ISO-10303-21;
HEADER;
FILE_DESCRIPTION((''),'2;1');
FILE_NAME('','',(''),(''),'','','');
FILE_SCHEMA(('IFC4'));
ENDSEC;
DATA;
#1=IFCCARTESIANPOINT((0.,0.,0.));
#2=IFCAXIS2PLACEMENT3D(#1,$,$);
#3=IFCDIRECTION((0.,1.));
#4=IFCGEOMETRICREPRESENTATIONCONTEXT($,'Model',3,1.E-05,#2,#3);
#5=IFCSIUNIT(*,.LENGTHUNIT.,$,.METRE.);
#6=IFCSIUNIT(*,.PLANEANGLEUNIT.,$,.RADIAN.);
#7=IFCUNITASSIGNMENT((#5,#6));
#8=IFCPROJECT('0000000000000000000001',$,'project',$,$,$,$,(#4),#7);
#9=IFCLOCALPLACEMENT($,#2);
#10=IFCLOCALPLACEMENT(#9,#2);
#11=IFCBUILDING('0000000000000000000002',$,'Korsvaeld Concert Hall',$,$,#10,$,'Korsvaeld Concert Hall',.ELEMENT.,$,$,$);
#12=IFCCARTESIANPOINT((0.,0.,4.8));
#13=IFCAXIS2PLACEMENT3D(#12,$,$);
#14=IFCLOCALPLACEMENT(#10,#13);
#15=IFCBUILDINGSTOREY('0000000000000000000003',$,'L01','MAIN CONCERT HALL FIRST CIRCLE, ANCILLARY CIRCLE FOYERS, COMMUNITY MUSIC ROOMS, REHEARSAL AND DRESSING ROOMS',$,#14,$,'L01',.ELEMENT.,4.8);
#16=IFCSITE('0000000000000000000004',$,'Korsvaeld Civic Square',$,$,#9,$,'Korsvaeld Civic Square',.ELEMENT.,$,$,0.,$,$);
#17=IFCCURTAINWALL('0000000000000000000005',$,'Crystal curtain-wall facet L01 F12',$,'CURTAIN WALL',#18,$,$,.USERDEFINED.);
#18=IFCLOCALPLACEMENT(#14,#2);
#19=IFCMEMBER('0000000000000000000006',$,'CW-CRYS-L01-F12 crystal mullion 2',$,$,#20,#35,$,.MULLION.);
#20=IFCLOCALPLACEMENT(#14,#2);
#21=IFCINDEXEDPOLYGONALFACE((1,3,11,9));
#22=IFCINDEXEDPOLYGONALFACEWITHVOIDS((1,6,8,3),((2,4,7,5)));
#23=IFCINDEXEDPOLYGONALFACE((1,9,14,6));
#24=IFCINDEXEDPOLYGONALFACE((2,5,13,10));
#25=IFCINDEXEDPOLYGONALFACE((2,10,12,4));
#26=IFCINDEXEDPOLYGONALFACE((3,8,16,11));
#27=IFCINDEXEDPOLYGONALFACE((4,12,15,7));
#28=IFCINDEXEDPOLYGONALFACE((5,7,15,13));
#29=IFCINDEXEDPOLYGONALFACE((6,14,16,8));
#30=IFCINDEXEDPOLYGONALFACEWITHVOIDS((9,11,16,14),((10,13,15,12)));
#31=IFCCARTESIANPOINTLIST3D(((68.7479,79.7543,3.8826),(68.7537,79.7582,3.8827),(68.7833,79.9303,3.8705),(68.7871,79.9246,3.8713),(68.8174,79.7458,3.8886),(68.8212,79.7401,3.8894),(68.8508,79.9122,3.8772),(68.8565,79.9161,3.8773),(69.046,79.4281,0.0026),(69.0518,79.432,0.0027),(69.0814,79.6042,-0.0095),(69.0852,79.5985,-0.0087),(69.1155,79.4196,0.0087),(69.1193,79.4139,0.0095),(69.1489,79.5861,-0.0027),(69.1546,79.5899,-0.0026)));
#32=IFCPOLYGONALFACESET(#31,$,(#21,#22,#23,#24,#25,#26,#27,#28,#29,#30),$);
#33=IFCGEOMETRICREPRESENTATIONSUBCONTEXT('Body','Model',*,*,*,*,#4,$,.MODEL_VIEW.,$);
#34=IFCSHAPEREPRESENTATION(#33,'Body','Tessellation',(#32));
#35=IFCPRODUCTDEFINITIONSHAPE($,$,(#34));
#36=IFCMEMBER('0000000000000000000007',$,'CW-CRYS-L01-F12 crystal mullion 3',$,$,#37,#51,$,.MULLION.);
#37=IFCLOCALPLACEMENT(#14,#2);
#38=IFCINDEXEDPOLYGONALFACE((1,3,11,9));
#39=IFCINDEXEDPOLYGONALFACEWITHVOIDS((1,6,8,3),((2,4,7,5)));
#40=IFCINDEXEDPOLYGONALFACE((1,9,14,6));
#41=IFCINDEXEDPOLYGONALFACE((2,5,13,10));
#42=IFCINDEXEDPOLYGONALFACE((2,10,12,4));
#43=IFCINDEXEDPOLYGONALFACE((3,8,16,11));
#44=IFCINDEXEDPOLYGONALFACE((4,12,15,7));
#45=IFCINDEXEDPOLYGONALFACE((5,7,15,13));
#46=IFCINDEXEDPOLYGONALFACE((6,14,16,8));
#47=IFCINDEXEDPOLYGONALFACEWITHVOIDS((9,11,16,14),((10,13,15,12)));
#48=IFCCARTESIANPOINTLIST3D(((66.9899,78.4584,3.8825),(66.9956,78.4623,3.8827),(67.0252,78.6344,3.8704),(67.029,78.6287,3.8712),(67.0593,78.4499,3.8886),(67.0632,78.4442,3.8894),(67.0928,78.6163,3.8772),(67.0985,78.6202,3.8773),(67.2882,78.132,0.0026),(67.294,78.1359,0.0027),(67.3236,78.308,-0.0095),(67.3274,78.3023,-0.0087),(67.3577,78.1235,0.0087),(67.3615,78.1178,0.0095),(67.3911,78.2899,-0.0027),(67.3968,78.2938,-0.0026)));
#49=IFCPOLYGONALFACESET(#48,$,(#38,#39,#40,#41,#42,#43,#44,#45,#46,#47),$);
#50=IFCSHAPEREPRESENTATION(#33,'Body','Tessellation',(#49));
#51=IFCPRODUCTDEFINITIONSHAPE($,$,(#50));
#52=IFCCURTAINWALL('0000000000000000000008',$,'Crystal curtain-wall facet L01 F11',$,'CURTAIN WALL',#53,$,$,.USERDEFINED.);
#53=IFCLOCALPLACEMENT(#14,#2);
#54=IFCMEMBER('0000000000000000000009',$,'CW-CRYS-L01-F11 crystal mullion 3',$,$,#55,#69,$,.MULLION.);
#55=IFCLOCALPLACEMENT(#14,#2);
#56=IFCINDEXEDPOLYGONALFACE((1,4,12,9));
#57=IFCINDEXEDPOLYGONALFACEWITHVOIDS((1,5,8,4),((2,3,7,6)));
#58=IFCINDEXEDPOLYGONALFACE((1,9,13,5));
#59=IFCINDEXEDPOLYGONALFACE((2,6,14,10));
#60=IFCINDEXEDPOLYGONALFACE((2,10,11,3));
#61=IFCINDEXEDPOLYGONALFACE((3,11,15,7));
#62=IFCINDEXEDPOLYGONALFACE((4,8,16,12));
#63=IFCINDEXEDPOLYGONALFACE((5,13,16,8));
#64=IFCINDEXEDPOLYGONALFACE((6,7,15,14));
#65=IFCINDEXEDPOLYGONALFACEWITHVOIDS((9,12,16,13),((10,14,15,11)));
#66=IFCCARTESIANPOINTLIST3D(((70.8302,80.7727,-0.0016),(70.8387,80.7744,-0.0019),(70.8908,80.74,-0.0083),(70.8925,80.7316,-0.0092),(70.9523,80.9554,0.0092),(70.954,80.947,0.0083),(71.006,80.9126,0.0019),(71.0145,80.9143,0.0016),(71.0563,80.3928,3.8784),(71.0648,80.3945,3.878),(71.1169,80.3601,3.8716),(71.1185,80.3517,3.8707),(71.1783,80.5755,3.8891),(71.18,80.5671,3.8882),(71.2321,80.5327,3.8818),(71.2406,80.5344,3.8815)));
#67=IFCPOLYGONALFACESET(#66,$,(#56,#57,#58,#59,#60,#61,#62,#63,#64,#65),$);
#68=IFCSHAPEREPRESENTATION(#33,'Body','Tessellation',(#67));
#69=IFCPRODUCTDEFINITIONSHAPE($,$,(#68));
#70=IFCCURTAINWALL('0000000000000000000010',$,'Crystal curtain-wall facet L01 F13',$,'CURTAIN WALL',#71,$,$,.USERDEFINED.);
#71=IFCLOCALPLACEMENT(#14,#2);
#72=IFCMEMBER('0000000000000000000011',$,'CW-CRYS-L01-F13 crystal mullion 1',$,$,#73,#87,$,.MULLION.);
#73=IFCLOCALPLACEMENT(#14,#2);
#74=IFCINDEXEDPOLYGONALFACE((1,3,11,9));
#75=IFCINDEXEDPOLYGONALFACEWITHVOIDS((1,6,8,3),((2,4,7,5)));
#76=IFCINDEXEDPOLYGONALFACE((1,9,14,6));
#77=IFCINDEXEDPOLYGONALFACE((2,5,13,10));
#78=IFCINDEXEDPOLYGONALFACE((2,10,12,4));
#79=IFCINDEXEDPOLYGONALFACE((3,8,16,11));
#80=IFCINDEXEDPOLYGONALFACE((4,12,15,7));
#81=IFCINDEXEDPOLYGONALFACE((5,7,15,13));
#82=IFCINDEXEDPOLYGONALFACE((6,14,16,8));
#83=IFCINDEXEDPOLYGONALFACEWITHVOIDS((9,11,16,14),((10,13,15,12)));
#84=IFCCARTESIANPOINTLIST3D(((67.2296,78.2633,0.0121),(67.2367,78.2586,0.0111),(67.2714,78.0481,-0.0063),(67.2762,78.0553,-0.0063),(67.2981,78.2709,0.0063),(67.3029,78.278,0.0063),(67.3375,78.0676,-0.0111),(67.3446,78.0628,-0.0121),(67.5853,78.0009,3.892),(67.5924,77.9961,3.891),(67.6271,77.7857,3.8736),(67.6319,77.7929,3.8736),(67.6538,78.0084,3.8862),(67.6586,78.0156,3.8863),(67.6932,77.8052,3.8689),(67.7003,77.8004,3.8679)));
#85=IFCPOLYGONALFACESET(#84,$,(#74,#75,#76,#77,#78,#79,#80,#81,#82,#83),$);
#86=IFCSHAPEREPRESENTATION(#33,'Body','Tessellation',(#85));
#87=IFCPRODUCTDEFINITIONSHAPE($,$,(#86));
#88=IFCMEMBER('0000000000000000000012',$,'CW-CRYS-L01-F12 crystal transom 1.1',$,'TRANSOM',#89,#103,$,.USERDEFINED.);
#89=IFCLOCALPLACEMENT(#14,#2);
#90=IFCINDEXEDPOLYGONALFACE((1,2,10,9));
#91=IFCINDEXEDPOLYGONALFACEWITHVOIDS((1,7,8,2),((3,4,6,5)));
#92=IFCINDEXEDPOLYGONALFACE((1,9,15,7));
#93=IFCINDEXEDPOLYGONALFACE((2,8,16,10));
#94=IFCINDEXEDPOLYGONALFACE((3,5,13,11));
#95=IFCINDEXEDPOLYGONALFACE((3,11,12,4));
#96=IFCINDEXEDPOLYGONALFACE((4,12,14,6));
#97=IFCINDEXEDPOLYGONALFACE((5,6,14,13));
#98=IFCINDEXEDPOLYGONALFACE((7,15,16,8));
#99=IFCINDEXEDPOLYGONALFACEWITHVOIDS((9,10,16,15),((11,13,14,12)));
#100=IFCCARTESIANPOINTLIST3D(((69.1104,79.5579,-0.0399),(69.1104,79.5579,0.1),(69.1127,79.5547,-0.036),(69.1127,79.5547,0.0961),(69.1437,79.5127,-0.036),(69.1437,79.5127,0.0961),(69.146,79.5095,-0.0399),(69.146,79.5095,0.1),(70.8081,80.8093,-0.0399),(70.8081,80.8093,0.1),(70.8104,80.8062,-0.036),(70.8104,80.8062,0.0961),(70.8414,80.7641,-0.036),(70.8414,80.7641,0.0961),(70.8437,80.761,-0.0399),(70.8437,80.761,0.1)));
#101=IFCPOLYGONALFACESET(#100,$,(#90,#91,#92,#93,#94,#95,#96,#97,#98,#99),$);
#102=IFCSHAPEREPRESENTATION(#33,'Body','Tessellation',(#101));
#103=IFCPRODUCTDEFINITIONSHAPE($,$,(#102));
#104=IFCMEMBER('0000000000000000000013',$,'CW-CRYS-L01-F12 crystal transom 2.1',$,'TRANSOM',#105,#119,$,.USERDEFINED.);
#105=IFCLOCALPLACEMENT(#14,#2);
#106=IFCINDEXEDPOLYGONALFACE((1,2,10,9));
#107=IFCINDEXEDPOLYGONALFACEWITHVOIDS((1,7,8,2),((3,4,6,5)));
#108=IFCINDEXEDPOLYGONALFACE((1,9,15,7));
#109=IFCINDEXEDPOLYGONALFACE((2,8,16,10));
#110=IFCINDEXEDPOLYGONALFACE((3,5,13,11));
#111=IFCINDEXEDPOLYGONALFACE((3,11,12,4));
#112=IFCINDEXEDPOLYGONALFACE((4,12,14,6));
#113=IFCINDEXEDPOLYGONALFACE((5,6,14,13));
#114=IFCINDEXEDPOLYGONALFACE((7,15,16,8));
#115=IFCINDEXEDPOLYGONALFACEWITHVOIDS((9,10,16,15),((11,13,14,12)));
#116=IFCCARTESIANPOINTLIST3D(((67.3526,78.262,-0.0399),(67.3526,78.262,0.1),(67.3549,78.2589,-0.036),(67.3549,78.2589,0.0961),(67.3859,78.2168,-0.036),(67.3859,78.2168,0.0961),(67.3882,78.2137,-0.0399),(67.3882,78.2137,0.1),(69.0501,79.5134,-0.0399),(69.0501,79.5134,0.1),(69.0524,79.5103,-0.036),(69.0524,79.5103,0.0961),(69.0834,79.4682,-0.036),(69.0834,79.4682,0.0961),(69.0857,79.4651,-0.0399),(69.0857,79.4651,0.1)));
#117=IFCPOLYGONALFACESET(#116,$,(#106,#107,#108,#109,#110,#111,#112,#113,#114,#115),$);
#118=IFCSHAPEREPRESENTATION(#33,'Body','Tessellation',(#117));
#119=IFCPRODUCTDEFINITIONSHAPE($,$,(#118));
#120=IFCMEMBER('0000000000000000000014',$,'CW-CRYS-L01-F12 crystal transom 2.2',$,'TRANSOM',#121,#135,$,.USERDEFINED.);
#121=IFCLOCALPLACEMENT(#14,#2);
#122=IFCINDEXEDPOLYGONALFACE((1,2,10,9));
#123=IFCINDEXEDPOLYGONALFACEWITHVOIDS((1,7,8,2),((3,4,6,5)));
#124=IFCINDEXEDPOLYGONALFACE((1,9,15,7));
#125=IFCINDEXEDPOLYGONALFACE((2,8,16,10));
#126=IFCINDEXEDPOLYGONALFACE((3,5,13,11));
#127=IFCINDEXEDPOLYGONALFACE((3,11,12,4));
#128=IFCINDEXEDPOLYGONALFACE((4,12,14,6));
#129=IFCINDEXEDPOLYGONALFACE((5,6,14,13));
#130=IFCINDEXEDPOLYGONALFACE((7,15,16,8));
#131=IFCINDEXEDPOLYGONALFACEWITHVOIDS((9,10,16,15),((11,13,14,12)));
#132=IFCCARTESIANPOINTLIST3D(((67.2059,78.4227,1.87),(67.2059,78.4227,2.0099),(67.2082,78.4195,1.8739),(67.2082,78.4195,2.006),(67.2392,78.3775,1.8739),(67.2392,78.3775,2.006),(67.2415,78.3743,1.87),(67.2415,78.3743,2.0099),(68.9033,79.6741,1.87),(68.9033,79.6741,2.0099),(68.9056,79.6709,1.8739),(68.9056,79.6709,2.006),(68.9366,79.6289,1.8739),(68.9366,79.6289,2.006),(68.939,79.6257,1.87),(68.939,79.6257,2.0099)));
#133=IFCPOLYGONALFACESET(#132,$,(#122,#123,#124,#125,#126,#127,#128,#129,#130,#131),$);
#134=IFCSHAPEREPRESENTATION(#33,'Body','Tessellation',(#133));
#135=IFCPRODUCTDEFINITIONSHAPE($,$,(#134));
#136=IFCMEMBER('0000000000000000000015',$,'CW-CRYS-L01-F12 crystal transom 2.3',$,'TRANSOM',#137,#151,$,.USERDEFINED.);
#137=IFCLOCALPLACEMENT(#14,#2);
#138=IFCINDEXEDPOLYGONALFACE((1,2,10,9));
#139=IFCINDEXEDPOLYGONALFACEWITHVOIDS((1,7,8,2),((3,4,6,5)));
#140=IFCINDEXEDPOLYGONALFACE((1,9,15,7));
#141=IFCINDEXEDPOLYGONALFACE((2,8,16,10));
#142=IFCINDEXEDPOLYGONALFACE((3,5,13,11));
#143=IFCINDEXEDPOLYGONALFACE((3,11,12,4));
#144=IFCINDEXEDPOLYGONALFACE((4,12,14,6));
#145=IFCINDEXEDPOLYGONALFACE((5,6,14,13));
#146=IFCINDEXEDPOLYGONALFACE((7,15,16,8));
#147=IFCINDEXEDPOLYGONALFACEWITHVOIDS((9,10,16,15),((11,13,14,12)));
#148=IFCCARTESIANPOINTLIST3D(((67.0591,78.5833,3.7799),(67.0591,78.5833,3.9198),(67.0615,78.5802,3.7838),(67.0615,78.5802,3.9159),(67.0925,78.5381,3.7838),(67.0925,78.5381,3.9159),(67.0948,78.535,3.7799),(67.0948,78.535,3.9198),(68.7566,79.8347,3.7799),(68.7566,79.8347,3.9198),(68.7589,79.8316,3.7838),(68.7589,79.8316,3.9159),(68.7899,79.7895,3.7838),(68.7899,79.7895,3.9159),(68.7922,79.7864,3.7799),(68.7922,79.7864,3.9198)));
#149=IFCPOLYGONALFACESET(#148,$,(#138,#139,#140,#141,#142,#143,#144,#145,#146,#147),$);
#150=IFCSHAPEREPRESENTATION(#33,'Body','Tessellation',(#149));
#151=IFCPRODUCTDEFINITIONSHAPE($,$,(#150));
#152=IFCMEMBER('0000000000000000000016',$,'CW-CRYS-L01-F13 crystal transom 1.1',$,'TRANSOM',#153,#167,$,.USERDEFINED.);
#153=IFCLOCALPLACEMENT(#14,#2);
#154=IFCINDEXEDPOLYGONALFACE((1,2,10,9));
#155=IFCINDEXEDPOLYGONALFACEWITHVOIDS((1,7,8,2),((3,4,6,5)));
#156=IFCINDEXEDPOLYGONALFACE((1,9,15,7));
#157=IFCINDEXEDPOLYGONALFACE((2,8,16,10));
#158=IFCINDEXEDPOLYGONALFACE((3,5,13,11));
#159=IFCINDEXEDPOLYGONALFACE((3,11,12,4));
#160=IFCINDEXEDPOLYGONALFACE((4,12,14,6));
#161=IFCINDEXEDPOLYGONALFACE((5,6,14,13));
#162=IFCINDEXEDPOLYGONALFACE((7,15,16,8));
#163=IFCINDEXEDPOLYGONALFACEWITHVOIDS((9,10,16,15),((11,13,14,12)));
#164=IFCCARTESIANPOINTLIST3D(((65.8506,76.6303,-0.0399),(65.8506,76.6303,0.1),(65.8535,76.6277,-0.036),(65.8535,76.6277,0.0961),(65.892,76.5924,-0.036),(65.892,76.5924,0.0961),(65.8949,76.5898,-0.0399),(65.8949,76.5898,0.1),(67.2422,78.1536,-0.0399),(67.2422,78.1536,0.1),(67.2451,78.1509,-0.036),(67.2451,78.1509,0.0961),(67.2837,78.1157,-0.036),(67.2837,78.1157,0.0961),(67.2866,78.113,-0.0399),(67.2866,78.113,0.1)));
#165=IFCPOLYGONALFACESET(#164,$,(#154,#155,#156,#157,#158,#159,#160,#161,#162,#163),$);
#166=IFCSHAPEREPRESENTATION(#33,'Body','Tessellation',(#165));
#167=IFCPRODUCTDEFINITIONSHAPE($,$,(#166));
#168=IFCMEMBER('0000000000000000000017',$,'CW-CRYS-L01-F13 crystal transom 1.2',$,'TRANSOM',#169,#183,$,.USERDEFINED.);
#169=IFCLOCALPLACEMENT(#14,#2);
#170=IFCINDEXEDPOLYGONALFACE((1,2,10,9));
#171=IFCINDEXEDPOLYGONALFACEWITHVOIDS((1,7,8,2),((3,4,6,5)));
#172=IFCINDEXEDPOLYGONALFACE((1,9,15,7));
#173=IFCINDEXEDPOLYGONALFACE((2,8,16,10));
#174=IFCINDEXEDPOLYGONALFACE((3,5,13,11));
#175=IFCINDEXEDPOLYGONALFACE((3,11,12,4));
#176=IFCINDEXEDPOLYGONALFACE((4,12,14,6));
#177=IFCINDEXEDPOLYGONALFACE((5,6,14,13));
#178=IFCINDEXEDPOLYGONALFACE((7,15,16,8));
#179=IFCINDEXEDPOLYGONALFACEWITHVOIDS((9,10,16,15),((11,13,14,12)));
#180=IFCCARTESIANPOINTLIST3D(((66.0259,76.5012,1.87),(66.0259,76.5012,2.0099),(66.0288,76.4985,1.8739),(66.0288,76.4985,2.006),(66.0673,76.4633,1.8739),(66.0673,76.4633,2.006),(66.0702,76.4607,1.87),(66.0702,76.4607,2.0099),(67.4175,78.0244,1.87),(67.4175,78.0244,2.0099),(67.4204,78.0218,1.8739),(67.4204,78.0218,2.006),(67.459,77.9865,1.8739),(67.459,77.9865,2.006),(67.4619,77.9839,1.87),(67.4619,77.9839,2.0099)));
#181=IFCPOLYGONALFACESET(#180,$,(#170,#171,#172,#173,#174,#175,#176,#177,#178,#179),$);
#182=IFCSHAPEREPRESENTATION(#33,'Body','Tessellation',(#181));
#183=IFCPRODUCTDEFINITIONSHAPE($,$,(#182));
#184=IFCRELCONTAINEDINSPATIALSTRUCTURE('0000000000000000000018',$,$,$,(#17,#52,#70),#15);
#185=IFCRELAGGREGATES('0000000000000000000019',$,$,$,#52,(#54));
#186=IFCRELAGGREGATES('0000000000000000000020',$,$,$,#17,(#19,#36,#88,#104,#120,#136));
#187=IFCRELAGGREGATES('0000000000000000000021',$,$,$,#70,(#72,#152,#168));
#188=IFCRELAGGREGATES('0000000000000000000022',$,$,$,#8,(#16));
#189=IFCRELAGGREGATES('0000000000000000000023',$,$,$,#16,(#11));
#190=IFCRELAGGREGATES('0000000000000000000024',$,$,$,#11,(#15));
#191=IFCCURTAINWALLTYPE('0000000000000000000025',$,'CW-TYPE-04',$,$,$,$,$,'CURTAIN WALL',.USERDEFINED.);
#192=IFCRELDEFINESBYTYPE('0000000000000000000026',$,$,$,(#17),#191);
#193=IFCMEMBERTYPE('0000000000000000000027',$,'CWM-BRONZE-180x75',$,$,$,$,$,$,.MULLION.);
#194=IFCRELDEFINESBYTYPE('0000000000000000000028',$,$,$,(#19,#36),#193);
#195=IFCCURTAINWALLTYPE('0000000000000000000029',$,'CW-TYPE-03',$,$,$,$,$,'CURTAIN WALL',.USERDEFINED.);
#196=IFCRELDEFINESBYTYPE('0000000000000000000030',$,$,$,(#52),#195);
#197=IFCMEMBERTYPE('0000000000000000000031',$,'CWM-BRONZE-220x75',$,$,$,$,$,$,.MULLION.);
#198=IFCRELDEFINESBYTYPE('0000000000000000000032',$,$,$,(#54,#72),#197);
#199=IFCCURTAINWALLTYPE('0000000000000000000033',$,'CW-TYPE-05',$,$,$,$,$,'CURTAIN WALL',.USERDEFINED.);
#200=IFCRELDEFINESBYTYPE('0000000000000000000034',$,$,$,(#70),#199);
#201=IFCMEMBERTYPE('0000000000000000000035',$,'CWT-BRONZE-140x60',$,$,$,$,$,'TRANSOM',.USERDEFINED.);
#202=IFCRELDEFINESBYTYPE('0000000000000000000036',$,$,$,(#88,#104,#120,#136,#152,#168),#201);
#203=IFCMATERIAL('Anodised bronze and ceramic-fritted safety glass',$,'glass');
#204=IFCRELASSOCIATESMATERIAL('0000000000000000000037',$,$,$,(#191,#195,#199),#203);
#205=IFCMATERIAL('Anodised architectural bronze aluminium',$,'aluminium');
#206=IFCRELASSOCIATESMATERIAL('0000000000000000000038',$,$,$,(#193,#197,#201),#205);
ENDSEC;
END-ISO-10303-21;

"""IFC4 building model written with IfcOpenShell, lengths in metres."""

from ifc_helpers import new_model, si_unit, direction, frame, origin, origin_2d, place, context, subcontext, project, spatial, hollow_rectangle, extrude, material, material_profile, profile_set, type_object, element, aggregate, save


model = new_model("IFC4")

# Units and contexts
model_context = context("Model", 3, precision=1e-05, world=origin(), true_north=direction((0.0, 1.0)))
body_context = subcontext(model_context, "Body", "Model", "MODEL_VIEW")
ifc_project = project(units=[si_unit("LENGTHUNIT", "METRE"), si_unit("PLANEANGLEUNIT", "RADIAN")], contexts=[model_context])

# Site, building, storey
site_placement = place(None, origin())
site = spatial("IfcSite", under=ifc_project, at=site_placement, Name="Korsvaeld Civic Square", LongName="Korsvaeld Civic Square", CompositionType="ELEMENT", RefElevation=0.0)
building_placement = place(site_placement, origin())
building = spatial("IfcBuilding", under=site, at=building_placement, Name="Korsvaeld Concert Hall", LongName="Korsvaeld Concert Hall", CompositionType="ELEMENT")
storey_placement = place(building_placement, frame((0.0, 0.0, 4.8)))
storey = spatial("IfcBuildingStorey", under=building, at=storey_placement, Name="L01", Description="MAIN CONCERT HALL FIRST CIRCLE, ANCILLARY CIRCLE FOYERS, COMMUNITY MUSIC ROOMS, REHEARSAL AND DRESSING ROOMS", LongName="L01", CompositionType="ELEMENT", Elevation=4.8)

# Curtain wall, members
ifc_material_1 = material(Name="Anodised bronze and ceramic-fritted safety glass", Category="glass")
curtain_wall_type_1 = type_object("IfcCurtainWallType", Name="CW-TYPE-04", ElementType="CURTAIN WALL", PredefinedType="USERDEFINED", material=ifc_material_1)
curtain_wall_1_placement = place(storey_placement, origin())
curtain_wall_1 = element("IfcCurtainWall", 1, at=curtain_wall_1_placement, inside=storey, type_object=curtain_wall_type_1, Name="Crystal curtain-wall facet L01 F12", ObjectType="CURTAIN WALL", PredefinedType="USERDEFINED")
ifc_material_2 = material(Name="Anodised architectural bronze aluminium", Category="aluminium")
ifc_material_profile_1 = material_profile(ifc_material_2, hollow_rectangle(XDim=0.075, YDim=0.1799, WallThickness=0.0049, at=origin_2d()), Name="CWM 180x75x5")
ifc_profile_set_1 = profile_set([ifc_material_profile_1], Name="Anodised architectural bronze aluminium")
member_type_1 = type_object("IfcMemberType", Name="CWM-BRONZE-180x75", PredefinedType="MULLION", material=ifc_profile_set_1)
member_1_placement = place(storey_placement, frame((69.1003, 79.509, 0.0), z_axis=(-0.076338, 0.083528, 0.993577), x_axis=(-0.977548, 0.19001, -0.09108)))
member_1 = element("IfcMember", 2, at=member_1_placement, type_object=member_type_1, Name="CW-CRYS-L01-F12 crystal mullion 2", PredefinedType="MULLION", context=body_context, shape_type="SweptSolid", body=[
    extrude(hollow_rectangle(XDim=0.075, YDim=0.1799, WallThickness=0.0049, at=origin_2d()), origin(), (0.0, 0.0, 1.0), 3.905),
])
member_2_placement = place(storey_placement, frame((67.3425, 78.2129, 0.0), z_axis=(-0.076399, 0.083589, 0.993567), x_axis=(-0.977549, 0.18997, -0.09115)))
member_2 = element("IfcMember", 3, at=member_2_placement, type_object=member_type_1, Name="CW-CRYS-L01-F12 crystal mullion 3", PredefinedType="MULLION", context=body_context, shape_type="SweptSolid", body=[
    extrude(hollow_rectangle(XDim=0.075, YDim=0.1799, WallThickness=0.0049, at=origin_2d()), origin(), (0.0, 0.0, 1.0), 3.905),
])

# Curtain walls, members
curtain_wall_type_2 = type_object("IfcCurtainWallType", Name="CW-TYPE-03", ElementType="CURTAIN WALL", PredefinedType="USERDEFINED", material=ifc_material_1)
curtain_wall_2_placement = place(storey_placement, origin())
curtain_wall_2 = element("IfcCurtainWall", 4, at=curtain_wall_2_placement, inside=storey, type_object=curtain_wall_type_2, Name="Crystal curtain-wall facet L01 F11", ObjectType="CURTAIN WALL", PredefinedType="USERDEFINED")
ifc_material_profile_2 = material_profile(ifc_material_2, hollow_rectangle(XDim=0.075, YDim=0.22, WallThickness=0.0061, at=origin_2d()), Name="CWM 220x75x6")
ifc_profile_set_2 = profile_set([ifc_material_profile_2], Name="Anodised architectural bronze aluminium")
member_type_2 = type_object("IfcMemberType", Name="CWM-BRONZE-220x75", PredefinedType="MULLION", material=ifc_profile_set_2)
member_3_placement = place(storey_placement, frame((70.9224, 80.8435, 0.0), z_axis=(0.057894, -0.097281, 0.993572), x_axis=(0.829999, -0.548349, -0.102052)))
member_3 = element("IfcMember", 5, at=member_3_placement, type_object=member_type_2, Name="CW-CRYS-L01-F11 crystal mullion 3", PredefinedType="MULLION", context=body_context, shape_type="SweptSolid", body=[
    extrude(hollow_rectangle(XDim=0.075, YDim=0.22, WallThickness=0.0061, at=origin_2d()), origin(), (0.0, 0.0, 1.0), 3.905),
])
aggregate(curtain_wall_2, [member_3])
curtain_wall_type_3 = type_object("IfcCurtainWallType", Name="CW-TYPE-05", ElementType="CURTAIN WALL", PredefinedType="USERDEFINED", material=ifc_material_1)
curtain_wall_3_placement = place(storey_placement, origin())
curtain_wall_3 = element("IfcCurtainWall", 6, at=curtain_wall_3_placement, inside=storey, type_object=curtain_wall_type_3, Name="Crystal curtain-wall facet L01 F13", ObjectType="CURTAIN WALL", PredefinedType="USERDEFINED")
member_4_placement = place(storey_placement, frame((67.2871, 78.1631, 0.0), z_axis=(0.091092, -0.067209, 0.993572), x_axis=(0.977585, 0.196208, -0.076354)))
member_4 = element("IfcMember", 7, at=member_4_placement, type_object=member_type_2, Name="CW-CRYS-L01-F13 crystal mullion 1", PredefinedType="MULLION", context=body_context, shape_type="SweptSolid", body=[
    extrude(hollow_rectangle(XDim=0.075, YDim=0.22, WallThickness=0.0061, at=origin_2d()), origin(), (0.0, 0.0, 1.0), 3.905),
])

# Members
ifc_material_profile_3 = material_profile(ifc_material_2, hollow_rectangle(XDim=0.0601, YDim=0.1399, WallThickness=0.0039, at=origin_2d()), Name="CWT 140x60x4")
ifc_profile_set_3 = profile_set([ifc_material_profile_3], Name="Anodised architectural bronze aluminium")
member_type_3 = type_object("IfcMemberType", Name="CWT-BRONZE-140x60", ElementType="TRANSOM", PredefinedType="USERDEFINED", material=ifc_profile_set_3)
member_5_placement = place(storey_placement, frame((70.8259, 80.7852, 0.03), z_axis=(-0.804945, -0.593349, 0.0), x_axis=(0.593349, -0.804945, 0.0)))
member_5 = element("IfcMember", 8, at=member_5_placement, type_object=member_type_3, Name="CW-CRYS-L01-F12 crystal transom 1.1", ObjectType="TRANSOM", PredefinedType="USERDEFINED", context=body_context, shape_type="SweptSolid", body=[
    extrude(hollow_rectangle(XDim=0.0601, YDim=0.1399, WallThickness=0.0039, at=origin_2d()), origin(), (0.0, 0.0, 1.0), 2.1091),
])
member_6_placement = place(storey_placement, frame((69.0679, 79.4893, 0.03), z_axis=(-0.804905, -0.593404, 0.0), x_axis=(0.593404, -0.804905, 0.0)))
member_6 = element("IfcMember", 9, at=member_6_placement, type_object=member_type_3, Name="CW-CRYS-L01-F12 crystal transom 2.1", ObjectType="TRANSOM", PredefinedType="USERDEFINED", context=body_context, shape_type="SweptSolid", body=[
    extrude(hollow_rectangle(XDim=0.0601, YDim=0.1399, WallThickness=0.0039, at=origin_2d()), origin(), (0.0, 0.0, 1.0), 2.1089),
])
member_7_placement = place(storey_placement, frame((68.9211, 79.6499, 1.9399), z_axis=(-0.804905, -0.593404, 0.0), x_axis=(0.593404, -0.804905, 0.0)))
member_7 = element("IfcMember", 10, at=member_7_placement, type_object=member_type_3, Name="CW-CRYS-L01-F12 crystal transom 2.2", ObjectType="TRANSOM", PredefinedType="USERDEFINED", context=body_context, shape_type="SweptSolid", body=[
    extrude(hollow_rectangle(XDim=0.0601, YDim=0.1399, WallThickness=0.0039, at=origin_2d()), origin(), (0.0, 0.0, 1.0), 2.1089),
])
member_8_placement = place(storey_placement, frame((68.7744, 79.8105, 3.8499), z_axis=(-0.804905, -0.593404, 0.0), x_axis=(0.593404, -0.804905, 0.0)))
member_8 = element("IfcMember", 11, at=member_8_placement, type_object=member_type_3, Name="CW-CRYS-L01-F12 crystal transom 2.3", ObjectType="TRANSOM", PredefinedType="USERDEFINED", context=body_context, shape_type="SweptSolid", body=[
    extrude(hollow_rectangle(XDim=0.0601, YDim=0.1399, WallThickness=0.0039, at=origin_2d()), origin(), (0.0, 0.0, 1.0), 2.1089),
])
member_9_placement = place(storey_placement, frame((67.2644, 78.1333, 0.03), z_axis=(-0.674497, -0.738278, 0.0), x_axis=(0.738278, -0.674497, 0.0)))
member_9 = element("IfcMember", 12, at=member_9_placement, type_object=member_type_3, Name="CW-CRYS-L01-F13 crystal transom 1.1", ObjectType="TRANSOM", PredefinedType="USERDEFINED", context=body_context, shape_type="SweptSolid", body=[
    extrude(hollow_rectangle(XDim=0.0601, YDim=0.1399, WallThickness=0.0039, at=origin_2d()), origin(), (0.0, 0.0, 1.0), 2.0632),
])
member_10_placement = place(storey_placement, frame((67.4397, 78.0042, 1.9399), z_axis=(-0.674497, -0.738278, 0.0), x_axis=(0.738278, -0.674497, 0.0)))
member_10 = element("IfcMember", 13, at=member_10_placement, type_object=member_type_3, Name="CW-CRYS-L01-F13 crystal transom 1.2", ObjectType="TRANSOM", PredefinedType="USERDEFINED", context=body_context, shape_type="SweptSolid", body=[
    extrude(hollow_rectangle(XDim=0.0601, YDim=0.1399, WallThickness=0.0039, at=origin_2d()), origin(), (0.0, 0.0, 1.0), 2.0632),
])

aggregate(curtain_wall_1, [member_1, member_2, member_5, member_6, member_7, member_8])
aggregate(curtain_wall_3, [member_4, member_9, member_10])

save(model, "model.ifc")
